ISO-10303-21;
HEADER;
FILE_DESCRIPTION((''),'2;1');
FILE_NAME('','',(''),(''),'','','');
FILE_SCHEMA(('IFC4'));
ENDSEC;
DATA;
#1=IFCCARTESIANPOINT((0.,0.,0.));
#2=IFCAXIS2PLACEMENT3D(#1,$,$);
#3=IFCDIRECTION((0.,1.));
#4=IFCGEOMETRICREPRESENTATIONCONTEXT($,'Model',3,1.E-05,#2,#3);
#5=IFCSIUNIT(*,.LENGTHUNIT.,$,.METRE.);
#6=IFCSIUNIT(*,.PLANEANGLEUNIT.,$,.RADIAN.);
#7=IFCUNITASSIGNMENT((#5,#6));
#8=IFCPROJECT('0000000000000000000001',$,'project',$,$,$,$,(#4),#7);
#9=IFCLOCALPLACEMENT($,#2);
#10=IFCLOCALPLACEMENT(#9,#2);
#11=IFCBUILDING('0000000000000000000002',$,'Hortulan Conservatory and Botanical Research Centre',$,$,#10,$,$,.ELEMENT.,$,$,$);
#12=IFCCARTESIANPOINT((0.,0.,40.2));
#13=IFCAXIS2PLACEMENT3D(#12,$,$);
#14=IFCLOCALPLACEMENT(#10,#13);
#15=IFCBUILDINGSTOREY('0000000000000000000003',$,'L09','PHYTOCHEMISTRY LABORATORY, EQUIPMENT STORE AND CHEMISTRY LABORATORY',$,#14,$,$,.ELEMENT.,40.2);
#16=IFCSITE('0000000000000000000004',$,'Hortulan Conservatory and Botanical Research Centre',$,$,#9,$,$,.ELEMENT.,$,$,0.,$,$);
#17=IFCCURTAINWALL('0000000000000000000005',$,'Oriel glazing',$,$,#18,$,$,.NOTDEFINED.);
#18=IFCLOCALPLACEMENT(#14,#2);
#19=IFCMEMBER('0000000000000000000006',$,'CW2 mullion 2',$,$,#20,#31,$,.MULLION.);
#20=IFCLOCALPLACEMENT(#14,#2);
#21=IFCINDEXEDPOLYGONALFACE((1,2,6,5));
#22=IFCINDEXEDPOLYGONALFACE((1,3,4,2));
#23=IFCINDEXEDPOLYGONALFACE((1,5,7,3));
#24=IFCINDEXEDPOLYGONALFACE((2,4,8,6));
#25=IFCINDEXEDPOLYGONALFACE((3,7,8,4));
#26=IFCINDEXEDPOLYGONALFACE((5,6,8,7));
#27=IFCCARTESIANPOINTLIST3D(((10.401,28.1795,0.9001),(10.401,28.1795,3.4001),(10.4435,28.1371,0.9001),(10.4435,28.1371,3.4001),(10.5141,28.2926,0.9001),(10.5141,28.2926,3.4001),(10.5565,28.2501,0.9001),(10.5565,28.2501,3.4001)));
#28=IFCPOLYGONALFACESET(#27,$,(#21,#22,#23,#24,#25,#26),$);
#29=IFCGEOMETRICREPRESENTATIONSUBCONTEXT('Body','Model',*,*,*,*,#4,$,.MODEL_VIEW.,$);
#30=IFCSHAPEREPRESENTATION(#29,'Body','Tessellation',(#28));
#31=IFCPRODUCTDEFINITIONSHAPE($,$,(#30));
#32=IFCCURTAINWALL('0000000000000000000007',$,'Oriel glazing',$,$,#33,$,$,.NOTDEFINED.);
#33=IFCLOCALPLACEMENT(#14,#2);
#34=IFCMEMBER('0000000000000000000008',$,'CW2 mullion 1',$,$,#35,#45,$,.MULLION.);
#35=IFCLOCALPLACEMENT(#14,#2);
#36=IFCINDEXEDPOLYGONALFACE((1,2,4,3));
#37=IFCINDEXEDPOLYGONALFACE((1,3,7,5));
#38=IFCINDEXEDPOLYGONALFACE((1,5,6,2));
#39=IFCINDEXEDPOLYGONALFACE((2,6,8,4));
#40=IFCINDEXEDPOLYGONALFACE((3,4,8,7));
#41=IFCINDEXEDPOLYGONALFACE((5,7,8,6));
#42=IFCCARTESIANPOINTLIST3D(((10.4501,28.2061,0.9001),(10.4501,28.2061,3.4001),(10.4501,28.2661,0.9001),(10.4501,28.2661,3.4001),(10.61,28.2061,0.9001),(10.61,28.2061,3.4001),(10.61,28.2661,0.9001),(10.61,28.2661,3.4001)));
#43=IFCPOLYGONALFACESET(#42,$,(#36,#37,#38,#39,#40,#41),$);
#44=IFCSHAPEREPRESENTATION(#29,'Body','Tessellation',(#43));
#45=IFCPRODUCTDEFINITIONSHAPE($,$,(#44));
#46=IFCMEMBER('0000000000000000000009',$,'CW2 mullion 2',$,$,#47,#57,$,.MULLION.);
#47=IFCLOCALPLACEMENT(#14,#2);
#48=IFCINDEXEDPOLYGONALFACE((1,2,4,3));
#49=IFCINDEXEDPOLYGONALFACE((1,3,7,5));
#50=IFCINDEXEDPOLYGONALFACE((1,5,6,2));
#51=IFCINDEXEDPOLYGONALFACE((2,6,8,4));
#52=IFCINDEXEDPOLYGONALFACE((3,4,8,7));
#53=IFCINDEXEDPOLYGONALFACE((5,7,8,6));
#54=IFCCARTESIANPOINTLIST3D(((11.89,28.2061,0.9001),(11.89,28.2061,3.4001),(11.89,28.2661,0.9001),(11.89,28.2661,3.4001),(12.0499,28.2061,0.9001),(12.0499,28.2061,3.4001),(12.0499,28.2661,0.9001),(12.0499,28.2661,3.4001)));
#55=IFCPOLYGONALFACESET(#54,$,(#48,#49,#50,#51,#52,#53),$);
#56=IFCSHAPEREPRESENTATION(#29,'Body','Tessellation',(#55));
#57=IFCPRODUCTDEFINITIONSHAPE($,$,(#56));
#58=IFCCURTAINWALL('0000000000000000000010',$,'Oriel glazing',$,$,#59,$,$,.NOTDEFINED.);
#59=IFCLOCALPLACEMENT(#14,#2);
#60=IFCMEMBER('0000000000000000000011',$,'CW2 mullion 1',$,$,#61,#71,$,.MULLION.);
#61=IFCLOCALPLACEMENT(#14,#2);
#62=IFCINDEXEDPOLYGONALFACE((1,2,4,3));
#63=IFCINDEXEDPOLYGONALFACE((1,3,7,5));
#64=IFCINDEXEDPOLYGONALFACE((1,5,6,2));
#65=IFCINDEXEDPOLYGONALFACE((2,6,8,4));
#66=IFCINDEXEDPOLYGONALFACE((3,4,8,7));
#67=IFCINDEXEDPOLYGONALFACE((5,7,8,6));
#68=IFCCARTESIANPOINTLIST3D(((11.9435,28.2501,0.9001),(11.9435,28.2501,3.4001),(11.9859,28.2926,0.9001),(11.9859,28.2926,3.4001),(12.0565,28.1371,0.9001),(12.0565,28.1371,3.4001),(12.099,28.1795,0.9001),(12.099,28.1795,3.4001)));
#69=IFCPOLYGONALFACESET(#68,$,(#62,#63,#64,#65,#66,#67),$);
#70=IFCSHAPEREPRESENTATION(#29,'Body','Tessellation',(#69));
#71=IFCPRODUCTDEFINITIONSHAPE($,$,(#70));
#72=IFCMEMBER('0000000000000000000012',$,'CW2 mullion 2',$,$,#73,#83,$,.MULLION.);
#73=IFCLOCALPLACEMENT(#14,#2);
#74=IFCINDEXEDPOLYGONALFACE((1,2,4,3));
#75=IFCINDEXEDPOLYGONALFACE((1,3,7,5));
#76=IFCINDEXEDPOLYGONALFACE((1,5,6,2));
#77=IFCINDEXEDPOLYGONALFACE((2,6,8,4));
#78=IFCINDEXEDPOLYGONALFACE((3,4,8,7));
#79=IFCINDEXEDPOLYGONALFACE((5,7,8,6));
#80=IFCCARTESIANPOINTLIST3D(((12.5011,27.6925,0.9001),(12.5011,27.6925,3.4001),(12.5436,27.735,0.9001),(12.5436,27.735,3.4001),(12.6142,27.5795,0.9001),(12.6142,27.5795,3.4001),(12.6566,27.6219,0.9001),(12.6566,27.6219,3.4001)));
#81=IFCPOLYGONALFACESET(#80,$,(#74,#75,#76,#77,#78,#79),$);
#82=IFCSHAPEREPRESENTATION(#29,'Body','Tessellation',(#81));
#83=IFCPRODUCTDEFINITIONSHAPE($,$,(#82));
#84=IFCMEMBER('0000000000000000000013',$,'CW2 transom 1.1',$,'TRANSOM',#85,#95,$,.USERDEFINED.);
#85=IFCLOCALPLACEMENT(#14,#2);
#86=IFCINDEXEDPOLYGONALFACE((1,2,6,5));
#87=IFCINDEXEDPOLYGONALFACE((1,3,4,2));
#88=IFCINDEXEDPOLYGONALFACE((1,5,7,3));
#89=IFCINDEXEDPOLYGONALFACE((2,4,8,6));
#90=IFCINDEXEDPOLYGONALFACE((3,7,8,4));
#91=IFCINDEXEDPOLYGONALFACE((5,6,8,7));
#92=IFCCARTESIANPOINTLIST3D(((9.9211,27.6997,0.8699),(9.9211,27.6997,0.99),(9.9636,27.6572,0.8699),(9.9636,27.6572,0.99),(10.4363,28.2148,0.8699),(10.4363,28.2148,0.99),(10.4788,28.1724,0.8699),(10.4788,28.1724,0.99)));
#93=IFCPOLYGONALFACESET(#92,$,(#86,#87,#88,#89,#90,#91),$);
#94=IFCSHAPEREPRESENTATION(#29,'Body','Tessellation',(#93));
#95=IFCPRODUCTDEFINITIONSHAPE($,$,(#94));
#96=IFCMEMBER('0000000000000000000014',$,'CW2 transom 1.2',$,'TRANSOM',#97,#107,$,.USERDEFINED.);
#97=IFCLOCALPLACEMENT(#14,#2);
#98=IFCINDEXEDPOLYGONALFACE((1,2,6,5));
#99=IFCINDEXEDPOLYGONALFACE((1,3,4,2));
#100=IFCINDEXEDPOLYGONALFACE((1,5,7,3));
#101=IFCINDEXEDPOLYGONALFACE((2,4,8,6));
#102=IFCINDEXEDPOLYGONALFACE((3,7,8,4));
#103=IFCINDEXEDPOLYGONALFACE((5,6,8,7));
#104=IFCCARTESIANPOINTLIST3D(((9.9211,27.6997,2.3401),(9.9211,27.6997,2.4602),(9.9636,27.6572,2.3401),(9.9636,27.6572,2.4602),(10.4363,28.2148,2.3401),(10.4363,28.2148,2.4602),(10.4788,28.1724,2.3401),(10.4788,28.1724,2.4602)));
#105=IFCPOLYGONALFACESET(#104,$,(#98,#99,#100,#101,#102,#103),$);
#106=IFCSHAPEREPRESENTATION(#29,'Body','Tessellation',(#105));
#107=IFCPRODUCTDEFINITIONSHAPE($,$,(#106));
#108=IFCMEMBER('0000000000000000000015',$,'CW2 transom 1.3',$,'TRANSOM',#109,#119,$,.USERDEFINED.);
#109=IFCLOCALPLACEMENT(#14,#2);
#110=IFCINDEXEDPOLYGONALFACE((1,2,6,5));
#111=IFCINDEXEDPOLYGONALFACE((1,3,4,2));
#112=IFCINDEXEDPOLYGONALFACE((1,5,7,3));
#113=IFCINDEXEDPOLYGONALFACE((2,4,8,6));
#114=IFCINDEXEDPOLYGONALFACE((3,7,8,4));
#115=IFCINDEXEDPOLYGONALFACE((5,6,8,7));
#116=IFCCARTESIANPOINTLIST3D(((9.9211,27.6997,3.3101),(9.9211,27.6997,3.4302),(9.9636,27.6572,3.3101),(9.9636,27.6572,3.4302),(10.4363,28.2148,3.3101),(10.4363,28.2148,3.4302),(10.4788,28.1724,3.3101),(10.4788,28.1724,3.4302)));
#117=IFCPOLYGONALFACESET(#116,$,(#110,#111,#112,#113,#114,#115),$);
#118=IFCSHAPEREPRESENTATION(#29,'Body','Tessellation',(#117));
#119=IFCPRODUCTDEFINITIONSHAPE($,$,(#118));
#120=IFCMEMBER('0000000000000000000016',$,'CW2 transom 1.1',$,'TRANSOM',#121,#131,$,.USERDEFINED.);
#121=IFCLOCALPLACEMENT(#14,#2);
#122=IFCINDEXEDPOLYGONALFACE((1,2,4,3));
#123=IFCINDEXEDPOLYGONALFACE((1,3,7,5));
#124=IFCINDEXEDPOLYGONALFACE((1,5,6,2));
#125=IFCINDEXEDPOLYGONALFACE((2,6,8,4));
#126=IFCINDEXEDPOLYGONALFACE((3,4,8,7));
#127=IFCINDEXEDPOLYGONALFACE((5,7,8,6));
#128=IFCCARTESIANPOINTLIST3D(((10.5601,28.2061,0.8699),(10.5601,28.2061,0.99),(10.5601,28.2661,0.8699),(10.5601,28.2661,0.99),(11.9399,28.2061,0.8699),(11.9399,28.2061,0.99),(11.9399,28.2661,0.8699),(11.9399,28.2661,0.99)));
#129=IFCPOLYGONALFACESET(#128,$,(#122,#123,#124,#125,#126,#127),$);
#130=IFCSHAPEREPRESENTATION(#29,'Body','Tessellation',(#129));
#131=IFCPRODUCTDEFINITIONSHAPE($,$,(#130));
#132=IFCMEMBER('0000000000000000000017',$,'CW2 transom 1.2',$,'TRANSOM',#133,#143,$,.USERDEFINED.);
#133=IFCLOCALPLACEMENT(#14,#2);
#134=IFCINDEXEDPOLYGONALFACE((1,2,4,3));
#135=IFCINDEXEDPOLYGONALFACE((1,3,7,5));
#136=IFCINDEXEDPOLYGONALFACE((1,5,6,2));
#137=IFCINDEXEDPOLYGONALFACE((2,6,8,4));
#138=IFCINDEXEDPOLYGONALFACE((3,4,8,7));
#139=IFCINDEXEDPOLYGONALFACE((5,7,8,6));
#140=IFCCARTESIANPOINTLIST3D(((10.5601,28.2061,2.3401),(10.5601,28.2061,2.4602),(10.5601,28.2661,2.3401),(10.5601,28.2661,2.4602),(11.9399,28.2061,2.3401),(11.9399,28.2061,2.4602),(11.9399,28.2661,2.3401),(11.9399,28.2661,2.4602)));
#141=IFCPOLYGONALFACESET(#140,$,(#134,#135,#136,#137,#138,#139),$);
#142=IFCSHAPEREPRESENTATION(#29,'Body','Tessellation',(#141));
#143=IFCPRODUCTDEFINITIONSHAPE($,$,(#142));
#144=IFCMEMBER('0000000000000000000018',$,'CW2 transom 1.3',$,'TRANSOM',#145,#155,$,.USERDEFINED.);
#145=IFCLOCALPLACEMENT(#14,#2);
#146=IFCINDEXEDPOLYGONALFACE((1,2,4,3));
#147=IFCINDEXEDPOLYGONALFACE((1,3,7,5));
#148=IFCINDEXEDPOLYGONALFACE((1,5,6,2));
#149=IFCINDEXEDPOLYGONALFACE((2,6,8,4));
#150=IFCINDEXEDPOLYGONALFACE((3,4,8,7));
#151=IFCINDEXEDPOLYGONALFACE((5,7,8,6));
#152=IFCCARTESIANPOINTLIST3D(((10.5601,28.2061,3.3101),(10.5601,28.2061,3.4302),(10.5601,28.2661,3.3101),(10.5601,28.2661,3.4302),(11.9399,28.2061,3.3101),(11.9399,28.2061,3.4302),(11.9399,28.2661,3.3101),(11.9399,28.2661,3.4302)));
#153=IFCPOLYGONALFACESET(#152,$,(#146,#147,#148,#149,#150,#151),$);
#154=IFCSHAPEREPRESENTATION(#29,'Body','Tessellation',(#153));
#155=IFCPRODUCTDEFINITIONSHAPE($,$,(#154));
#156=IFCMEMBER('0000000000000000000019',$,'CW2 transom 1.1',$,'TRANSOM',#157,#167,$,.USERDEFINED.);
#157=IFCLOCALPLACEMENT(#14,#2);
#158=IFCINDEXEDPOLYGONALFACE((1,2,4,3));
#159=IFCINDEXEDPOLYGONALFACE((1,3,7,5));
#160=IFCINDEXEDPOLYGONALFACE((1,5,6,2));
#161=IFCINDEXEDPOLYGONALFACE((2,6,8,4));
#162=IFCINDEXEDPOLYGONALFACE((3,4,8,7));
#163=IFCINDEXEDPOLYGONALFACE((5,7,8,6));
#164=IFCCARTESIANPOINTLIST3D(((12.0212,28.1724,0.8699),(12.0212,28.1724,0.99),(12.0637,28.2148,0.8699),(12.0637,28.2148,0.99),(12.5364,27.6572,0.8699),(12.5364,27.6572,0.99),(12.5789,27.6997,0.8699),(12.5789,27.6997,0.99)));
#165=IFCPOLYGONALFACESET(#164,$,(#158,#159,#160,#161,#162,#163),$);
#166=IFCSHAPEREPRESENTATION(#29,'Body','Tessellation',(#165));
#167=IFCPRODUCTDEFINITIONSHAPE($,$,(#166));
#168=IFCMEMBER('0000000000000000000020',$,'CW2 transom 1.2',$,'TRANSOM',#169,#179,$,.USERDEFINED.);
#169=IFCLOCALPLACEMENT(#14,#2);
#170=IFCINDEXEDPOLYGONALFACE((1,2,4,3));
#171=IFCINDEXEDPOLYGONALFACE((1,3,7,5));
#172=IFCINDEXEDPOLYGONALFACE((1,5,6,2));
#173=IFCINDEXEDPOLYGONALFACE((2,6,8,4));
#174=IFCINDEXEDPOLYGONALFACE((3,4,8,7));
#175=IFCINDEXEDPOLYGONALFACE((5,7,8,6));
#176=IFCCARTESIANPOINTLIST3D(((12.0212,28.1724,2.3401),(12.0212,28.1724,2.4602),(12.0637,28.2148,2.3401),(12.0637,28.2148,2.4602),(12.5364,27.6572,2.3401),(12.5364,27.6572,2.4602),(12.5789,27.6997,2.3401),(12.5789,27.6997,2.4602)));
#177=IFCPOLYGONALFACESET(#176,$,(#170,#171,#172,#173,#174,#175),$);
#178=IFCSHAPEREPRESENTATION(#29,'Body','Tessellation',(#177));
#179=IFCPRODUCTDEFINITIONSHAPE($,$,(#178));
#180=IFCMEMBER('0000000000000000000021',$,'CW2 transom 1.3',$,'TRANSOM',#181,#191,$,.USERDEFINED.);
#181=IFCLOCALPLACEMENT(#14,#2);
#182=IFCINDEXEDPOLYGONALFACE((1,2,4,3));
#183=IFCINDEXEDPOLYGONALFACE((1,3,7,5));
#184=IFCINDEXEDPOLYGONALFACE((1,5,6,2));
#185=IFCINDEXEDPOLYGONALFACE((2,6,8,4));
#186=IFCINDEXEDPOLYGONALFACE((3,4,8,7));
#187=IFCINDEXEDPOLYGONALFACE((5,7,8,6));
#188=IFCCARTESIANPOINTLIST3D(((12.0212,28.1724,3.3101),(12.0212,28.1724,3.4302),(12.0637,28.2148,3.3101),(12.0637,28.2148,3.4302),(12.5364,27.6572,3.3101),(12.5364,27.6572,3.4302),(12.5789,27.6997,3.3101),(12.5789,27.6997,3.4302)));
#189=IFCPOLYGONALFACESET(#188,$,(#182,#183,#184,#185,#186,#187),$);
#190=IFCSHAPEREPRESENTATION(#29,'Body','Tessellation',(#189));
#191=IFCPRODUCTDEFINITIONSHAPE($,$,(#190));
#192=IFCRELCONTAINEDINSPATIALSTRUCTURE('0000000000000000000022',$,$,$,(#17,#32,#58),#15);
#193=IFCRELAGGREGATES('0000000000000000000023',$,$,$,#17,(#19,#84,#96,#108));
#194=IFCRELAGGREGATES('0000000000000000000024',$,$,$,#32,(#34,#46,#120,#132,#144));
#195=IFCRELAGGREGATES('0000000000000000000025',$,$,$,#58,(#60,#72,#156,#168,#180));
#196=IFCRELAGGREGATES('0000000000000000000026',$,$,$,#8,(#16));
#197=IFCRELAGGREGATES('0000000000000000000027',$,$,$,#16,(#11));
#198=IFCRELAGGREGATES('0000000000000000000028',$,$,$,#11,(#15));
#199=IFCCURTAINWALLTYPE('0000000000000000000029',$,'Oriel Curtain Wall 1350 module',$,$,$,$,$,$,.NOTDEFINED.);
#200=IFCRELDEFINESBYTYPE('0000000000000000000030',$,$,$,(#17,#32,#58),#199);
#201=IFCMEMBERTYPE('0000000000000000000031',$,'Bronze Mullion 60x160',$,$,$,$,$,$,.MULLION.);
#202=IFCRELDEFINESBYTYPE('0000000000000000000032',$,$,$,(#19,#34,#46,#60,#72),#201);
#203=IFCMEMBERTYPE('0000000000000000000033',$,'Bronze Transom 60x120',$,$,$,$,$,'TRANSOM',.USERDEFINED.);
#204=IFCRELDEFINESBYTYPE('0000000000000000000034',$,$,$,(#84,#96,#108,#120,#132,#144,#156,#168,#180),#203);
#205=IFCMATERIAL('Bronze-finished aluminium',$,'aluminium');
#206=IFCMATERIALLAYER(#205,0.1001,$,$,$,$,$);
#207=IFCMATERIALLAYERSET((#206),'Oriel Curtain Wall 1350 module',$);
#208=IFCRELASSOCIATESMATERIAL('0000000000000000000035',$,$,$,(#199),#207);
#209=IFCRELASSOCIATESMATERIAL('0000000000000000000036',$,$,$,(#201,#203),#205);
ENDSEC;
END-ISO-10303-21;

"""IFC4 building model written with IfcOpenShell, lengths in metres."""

from ifc_helpers import new_model, si_unit, direction, frame, origin, origin_2d, place, context, subcontext, project, spatial, rectangle, extrude, material, layer, layer_set, material_profile, profile_set, type_object, element, aggregate, save


model = new_model("IFC4")

# Units and contexts
model_context = context("Model", 3, precision=1e-05, world=origin(), true_north=direction((0.0, 1.0)))
body_context = subcontext(model_context, "Body", "Model", "MODEL_VIEW")
ifc_project = project(units=[si_unit("LENGTHUNIT", "METRE"), si_unit("PLANEANGLEUNIT", "RADIAN")], contexts=[model_context])

# Site, building, storey
site_placement = place(None, origin())
site = spatial("IfcSite", under=ifc_project, at=site_placement, Name="Hortulan Conservatory and Botanical Research Centre", CompositionType="ELEMENT", RefElevation=0.0)
building_placement = place(site_placement, origin())
building = spatial("IfcBuilding", under=site, at=building_placement, Name="Hortulan Conservatory and Botanical Research Centre", CompositionType="ELEMENT")
storey_placement = place(building_placement, frame((0.0, 0.0, 40.2)))
storey = spatial("IfcBuildingStorey", under=building, at=storey_placement, Name="L09", Description="PHYTOCHEMISTRY LABORATORY, EQUIPMENT STORE AND CHEMISTRY LABORATORY", CompositionType="ELEMENT", Elevation=40.2)

# Curtain wall, member
ifc_material_1 = material(Name="Bronze-finished aluminium", Category="aluminium")
ifc_layer_1 = layer(ifc_material_1, 0.1001)
ifc_layer_set_1 = layer_set([ifc_layer_1], Name="Oriel Curtain Wall 1350 module")
curtain_wall_type = type_object("IfcCurtainWallType", Name="Oriel Curtain Wall 1350 module", PredefinedType="NOTDEFINED", material=ifc_layer_set_1)
curtain_wall_1_placement = place(storey_placement, origin())
curtain_wall_1 = element("IfcCurtainWall", 1, at=curtain_wall_1_placement, inside=storey, type_object=curtain_wall_type, Name="Oriel glazing", PredefinedType="NOTDEFINED")
ifc_material_profile_1 = material_profile(ifc_material_1, rectangle(XDim=0.0601, YDim=0.1599, at=origin_2d()), Name="Bronze Mullion 60x160")
ifc_profile_set_1 = profile_set([ifc_material_profile_1], Name="Bronze-finished aluminium")
member_type_1 = type_object("IfcMemberType", Name="Bronze Mullion 60x160", PredefinedType="MULLION", material=ifc_profile_set_1)
member_1_placement = place(storey_placement, frame((10.4788, 28.2148, 0.9001), z_axis=(0.0, 0.0, 1.0), x_axis=(-0.707107, 0.707107, 0.0)))
member_1 = element("IfcMember", 2, at=member_1_placement, type_object=member_type_1, Name="CW2 mullion 2", PredefinedType="MULLION", context=body_context, shape_type="SweptSolid", body=[
    extrude(rectangle(XDim=0.0601, YDim=0.1599, at=origin_2d()), origin(), (0.0, 0.0, 1.0), 2.5),
])

# Curtain walls, members
curtain_wall_2_placement = place(storey_placement, origin())
curtain_wall_2 = element("IfcCurtainWall", 3, at=curtain_wall_2_placement, inside=storey, type_object=curtain_wall_type, Name="Oriel glazing", PredefinedType="NOTDEFINED")
member_2_placement = place(storey_placement, frame((10.53, 28.2361, 0.9001), z_axis=(0.0, 0.0, 1.0), x_axis=(0.0, 1.0, 0.0)))
member_2 = element("IfcMember", 4, at=member_2_placement, type_object=member_type_1, Name="CW2 mullion 1", PredefinedType="MULLION", context=body_context, shape_type="SweptSolid", body=[
    extrude(rectangle(XDim=0.0601, YDim=0.1599, at=origin_2d()), origin(), (0.0, 0.0, 1.0), 2.5),
])
member_3_placement = place(storey_placement, frame((11.97, 28.2361, 0.9001), z_axis=(0.0, 0.0, 1.0), x_axis=(0.0, 1.0, 0.0)))
member_3 = element("IfcMember", 5, at=member_3_placement, type_object=member_type_1, Name="CW2 mullion 2", PredefinedType="MULLION", context=body_context, shape_type="SweptSolid", body=[
    extrude(rectangle(XDim=0.0601, YDim=0.1599, at=origin_2d()), origin(), (0.0, 0.0, 1.0), 2.5),
])
curtain_wall_3_placement = place(storey_placement, origin())
curtain_wall_3 = element("IfcCurtainWall", 6, at=curtain_wall_3_placement, inside=storey, type_object=curtain_wall_type, Name="Oriel glazing", PredefinedType="NOTDEFINED")
member_4_placement = place(storey_placement, frame((12.0212, 28.2148, 0.9001), z_axis=(0.0, 0.0, 1.0), x_axis=(0.707107, 0.707107, 0.0)))
member_4 = element("IfcMember", 7, at=member_4_placement, type_object=member_type_1, Name="CW2 mullion 1", PredefinedType="MULLION", context=body_context, shape_type="SweptSolid", body=[
    extrude(rectangle(XDim=0.0601, YDim=0.1599, at=origin_2d()), origin(), (0.0, 0.0, 1.0), 2.5),
])
member_5_placement = place(storey_placement, frame((12.5789, 27.6572, 0.9001), z_axis=(0.0, 0.0, 1.0), x_axis=(0.707107, 0.707107, 0.0)))
member_5 = element("IfcMember", 8, at=member_5_placement, type_object=member_type_1, Name="CW2 mullion 2", PredefinedType="MULLION", context=body_context, shape_type="SweptSolid", body=[
    extrude(rectangle(XDim=0.0601, YDim=0.1599, at=origin_2d()), origin(), (0.0, 0.0, 1.0), 2.5),
])

# Members
ifc_material_profile_2 = material_profile(ifc_material_1, rectangle(XDim=0.0601, YDim=0.1201, at=origin_2d()), Name="Bronze Transom 60x120")
ifc_profile_set_2 = profile_set([ifc_material_profile_2], Name="Bronze-finished aluminium")
member_type_2 = type_object("IfcMemberType", Name="Bronze Transom 60x120", ElementType="TRANSOM", PredefinedType="USERDEFINED", material=ifc_profile_set_2)
member_6_placement = place(storey_placement, frame((9.9424, 27.6785, 0.9299), z_axis=(0.707107, 0.707107, 0.0), x_axis=(-0.707107, 0.707107, 0.0)))
member_6 = element("IfcMember", 9, at=member_6_placement, type_object=member_type_2, Name="CW2 transom 1.1", ObjectType="TRANSOM", PredefinedType="USERDEFINED", context=body_context, shape_type="SweptSolid", body=[
    extrude(rectangle(XDim=0.0601, YDim=0.1201, at=origin_2d()), origin(), (0.0, 0.0, 1.0), 0.7285),
])
member_7_placement = place(storey_placement, frame((9.9424, 27.6785, 2.4001), z_axis=(0.707107, 0.707107, 0.0), x_axis=(-0.707107, 0.707107, 0.0)))
member_7 = element("IfcMember", 10, at=member_7_placement, type_object=member_type_2, Name="CW2 transom 1.2", ObjectType="TRANSOM", PredefinedType="USERDEFINED", context=body_context, shape_type="SweptSolid", body=[
    extrude(rectangle(XDim=0.0601, YDim=0.1201, at=origin_2d()), origin(), (0.0, 0.0, 1.0), 0.7285),
])
member_8_placement = place(storey_placement, frame((9.9424, 27.6785, 3.3701), z_axis=(0.707107, 0.707107, 0.0), x_axis=(-0.707107, 0.707107, 0.0)))
member_8 = element("IfcMember", 11, at=member_8_placement, type_object=member_type_2, Name="CW2 transom 1.3", ObjectType="TRANSOM", PredefinedType="USERDEFINED", context=body_context, shape_type="SweptSolid", body=[
    extrude(rectangle(XDim=0.0601, YDim=0.1201, at=origin_2d()), origin(), (0.0, 0.0, 1.0), 0.7285),
])
member_9_placement = place(storey_placement, frame((10.5601, 28.2361, 0.9299), z_axis=(1.0, 0.0, 0.0), x_axis=(0.0, 1.0, 0.0)))
member_9 = element("IfcMember", 12, at=member_9_placement, type_object=member_type_2, Name="CW2 transom 1.1", ObjectType="TRANSOM", PredefinedType="USERDEFINED", context=body_context, shape_type="SweptSolid", body=[
    extrude(rectangle(XDim=0.0601, YDim=0.1201, at=origin_2d()), origin(), (0.0, 0.0, 1.0), 1.3799),
])
member_10_placement = place(storey_placement, frame((10.5601, 28.2361, 2.4001), z_axis=(1.0, 0.0, 0.0), x_axis=(0.0, 1.0, 0.0)))
member_10 = element("IfcMember", 13, at=member_10_placement, type_object=member_type_2, Name="CW2 transom 1.2", ObjectType="TRANSOM", PredefinedType="USERDEFINED", context=body_context, shape_type="SweptSolid", body=[
    extrude(rectangle(XDim=0.0601, YDim=0.1201, at=origin_2d()), origin(), (0.0, 0.0, 1.0), 1.3799),
])
member_11_placement = place(storey_placement, frame((10.5601, 28.2361, 3.3701), z_axis=(1.0, 0.0, 0.0), x_axis=(0.0, 1.0, 0.0)))
member_11 = element("IfcMember", 14, at=member_11_placement, type_object=member_type_2, Name="CW2 transom 1.3", ObjectType="TRANSOM", PredefinedType="USERDEFINED", context=body_context, shape_type="SweptSolid", body=[
    extrude(rectangle(XDim=0.0601, YDim=0.1201, at=origin_2d()), origin(), (0.0, 0.0, 1.0), 1.3799),
])
member_12_placement = place(storey_placement, frame((12.0425, 28.1936, 0.9299), z_axis=(0.707107, -0.707107, 0.0), x_axis=(0.707107, 0.707107, 0.0)))
member_12 = element("IfcMember", 15, at=member_12_placement, type_object=member_type_2, Name="CW2 transom 1.1", ObjectType="TRANSOM", PredefinedType="USERDEFINED", context=body_context, shape_type="SweptSolid", body=[
    extrude(rectangle(XDim=0.0601, YDim=0.1201, at=origin_2d()), origin(), (0.0, 0.0, 1.0), 0.7285),
])
member_13_placement = place(storey_placement, frame((12.0425, 28.1936, 2.4001), z_axis=(0.707107, -0.707107, 0.0), x_axis=(0.707107, 0.707107, 0.0)))
member_13 = element("IfcMember", 16, at=member_13_placement, type_object=member_type_2, Name="CW2 transom 1.2", ObjectType="TRANSOM", PredefinedType="USERDEFINED", context=body_context, shape_type="SweptSolid", body=[
    extrude(rectangle(XDim=0.0601, YDim=0.1201, at=origin_2d()), origin(), (0.0, 0.0, 1.0), 0.7285),
])
member_14_placement = place(storey_placement, frame((12.0425, 28.1936, 3.3701), z_axis=(0.707107, -0.707107, 0.0), x_axis=(0.707107, 0.707107, 0.0)))
member_14 = element("IfcMember", 17, at=member_14_placement, type_object=member_type_2, Name="CW2 transom 1.3", ObjectType="TRANSOM", PredefinedType="USERDEFINED", context=body_context, shape_type="SweptSolid", body=[
    extrude(rectangle(XDim=0.0601, YDim=0.1201, at=origin_2d()), origin(), (0.0, 0.0, 1.0), 0.7285),
])

aggregate(curtain_wall_1, [member_1, member_6, member_7, member_8])
aggregate(curtain_wall_2, [member_2, member_3, member_9, member_10, member_11])
aggregate(curtain_wall_3, [member_4, member_5, member_12, member_13, member_14])

save(model, "model.ifc")
